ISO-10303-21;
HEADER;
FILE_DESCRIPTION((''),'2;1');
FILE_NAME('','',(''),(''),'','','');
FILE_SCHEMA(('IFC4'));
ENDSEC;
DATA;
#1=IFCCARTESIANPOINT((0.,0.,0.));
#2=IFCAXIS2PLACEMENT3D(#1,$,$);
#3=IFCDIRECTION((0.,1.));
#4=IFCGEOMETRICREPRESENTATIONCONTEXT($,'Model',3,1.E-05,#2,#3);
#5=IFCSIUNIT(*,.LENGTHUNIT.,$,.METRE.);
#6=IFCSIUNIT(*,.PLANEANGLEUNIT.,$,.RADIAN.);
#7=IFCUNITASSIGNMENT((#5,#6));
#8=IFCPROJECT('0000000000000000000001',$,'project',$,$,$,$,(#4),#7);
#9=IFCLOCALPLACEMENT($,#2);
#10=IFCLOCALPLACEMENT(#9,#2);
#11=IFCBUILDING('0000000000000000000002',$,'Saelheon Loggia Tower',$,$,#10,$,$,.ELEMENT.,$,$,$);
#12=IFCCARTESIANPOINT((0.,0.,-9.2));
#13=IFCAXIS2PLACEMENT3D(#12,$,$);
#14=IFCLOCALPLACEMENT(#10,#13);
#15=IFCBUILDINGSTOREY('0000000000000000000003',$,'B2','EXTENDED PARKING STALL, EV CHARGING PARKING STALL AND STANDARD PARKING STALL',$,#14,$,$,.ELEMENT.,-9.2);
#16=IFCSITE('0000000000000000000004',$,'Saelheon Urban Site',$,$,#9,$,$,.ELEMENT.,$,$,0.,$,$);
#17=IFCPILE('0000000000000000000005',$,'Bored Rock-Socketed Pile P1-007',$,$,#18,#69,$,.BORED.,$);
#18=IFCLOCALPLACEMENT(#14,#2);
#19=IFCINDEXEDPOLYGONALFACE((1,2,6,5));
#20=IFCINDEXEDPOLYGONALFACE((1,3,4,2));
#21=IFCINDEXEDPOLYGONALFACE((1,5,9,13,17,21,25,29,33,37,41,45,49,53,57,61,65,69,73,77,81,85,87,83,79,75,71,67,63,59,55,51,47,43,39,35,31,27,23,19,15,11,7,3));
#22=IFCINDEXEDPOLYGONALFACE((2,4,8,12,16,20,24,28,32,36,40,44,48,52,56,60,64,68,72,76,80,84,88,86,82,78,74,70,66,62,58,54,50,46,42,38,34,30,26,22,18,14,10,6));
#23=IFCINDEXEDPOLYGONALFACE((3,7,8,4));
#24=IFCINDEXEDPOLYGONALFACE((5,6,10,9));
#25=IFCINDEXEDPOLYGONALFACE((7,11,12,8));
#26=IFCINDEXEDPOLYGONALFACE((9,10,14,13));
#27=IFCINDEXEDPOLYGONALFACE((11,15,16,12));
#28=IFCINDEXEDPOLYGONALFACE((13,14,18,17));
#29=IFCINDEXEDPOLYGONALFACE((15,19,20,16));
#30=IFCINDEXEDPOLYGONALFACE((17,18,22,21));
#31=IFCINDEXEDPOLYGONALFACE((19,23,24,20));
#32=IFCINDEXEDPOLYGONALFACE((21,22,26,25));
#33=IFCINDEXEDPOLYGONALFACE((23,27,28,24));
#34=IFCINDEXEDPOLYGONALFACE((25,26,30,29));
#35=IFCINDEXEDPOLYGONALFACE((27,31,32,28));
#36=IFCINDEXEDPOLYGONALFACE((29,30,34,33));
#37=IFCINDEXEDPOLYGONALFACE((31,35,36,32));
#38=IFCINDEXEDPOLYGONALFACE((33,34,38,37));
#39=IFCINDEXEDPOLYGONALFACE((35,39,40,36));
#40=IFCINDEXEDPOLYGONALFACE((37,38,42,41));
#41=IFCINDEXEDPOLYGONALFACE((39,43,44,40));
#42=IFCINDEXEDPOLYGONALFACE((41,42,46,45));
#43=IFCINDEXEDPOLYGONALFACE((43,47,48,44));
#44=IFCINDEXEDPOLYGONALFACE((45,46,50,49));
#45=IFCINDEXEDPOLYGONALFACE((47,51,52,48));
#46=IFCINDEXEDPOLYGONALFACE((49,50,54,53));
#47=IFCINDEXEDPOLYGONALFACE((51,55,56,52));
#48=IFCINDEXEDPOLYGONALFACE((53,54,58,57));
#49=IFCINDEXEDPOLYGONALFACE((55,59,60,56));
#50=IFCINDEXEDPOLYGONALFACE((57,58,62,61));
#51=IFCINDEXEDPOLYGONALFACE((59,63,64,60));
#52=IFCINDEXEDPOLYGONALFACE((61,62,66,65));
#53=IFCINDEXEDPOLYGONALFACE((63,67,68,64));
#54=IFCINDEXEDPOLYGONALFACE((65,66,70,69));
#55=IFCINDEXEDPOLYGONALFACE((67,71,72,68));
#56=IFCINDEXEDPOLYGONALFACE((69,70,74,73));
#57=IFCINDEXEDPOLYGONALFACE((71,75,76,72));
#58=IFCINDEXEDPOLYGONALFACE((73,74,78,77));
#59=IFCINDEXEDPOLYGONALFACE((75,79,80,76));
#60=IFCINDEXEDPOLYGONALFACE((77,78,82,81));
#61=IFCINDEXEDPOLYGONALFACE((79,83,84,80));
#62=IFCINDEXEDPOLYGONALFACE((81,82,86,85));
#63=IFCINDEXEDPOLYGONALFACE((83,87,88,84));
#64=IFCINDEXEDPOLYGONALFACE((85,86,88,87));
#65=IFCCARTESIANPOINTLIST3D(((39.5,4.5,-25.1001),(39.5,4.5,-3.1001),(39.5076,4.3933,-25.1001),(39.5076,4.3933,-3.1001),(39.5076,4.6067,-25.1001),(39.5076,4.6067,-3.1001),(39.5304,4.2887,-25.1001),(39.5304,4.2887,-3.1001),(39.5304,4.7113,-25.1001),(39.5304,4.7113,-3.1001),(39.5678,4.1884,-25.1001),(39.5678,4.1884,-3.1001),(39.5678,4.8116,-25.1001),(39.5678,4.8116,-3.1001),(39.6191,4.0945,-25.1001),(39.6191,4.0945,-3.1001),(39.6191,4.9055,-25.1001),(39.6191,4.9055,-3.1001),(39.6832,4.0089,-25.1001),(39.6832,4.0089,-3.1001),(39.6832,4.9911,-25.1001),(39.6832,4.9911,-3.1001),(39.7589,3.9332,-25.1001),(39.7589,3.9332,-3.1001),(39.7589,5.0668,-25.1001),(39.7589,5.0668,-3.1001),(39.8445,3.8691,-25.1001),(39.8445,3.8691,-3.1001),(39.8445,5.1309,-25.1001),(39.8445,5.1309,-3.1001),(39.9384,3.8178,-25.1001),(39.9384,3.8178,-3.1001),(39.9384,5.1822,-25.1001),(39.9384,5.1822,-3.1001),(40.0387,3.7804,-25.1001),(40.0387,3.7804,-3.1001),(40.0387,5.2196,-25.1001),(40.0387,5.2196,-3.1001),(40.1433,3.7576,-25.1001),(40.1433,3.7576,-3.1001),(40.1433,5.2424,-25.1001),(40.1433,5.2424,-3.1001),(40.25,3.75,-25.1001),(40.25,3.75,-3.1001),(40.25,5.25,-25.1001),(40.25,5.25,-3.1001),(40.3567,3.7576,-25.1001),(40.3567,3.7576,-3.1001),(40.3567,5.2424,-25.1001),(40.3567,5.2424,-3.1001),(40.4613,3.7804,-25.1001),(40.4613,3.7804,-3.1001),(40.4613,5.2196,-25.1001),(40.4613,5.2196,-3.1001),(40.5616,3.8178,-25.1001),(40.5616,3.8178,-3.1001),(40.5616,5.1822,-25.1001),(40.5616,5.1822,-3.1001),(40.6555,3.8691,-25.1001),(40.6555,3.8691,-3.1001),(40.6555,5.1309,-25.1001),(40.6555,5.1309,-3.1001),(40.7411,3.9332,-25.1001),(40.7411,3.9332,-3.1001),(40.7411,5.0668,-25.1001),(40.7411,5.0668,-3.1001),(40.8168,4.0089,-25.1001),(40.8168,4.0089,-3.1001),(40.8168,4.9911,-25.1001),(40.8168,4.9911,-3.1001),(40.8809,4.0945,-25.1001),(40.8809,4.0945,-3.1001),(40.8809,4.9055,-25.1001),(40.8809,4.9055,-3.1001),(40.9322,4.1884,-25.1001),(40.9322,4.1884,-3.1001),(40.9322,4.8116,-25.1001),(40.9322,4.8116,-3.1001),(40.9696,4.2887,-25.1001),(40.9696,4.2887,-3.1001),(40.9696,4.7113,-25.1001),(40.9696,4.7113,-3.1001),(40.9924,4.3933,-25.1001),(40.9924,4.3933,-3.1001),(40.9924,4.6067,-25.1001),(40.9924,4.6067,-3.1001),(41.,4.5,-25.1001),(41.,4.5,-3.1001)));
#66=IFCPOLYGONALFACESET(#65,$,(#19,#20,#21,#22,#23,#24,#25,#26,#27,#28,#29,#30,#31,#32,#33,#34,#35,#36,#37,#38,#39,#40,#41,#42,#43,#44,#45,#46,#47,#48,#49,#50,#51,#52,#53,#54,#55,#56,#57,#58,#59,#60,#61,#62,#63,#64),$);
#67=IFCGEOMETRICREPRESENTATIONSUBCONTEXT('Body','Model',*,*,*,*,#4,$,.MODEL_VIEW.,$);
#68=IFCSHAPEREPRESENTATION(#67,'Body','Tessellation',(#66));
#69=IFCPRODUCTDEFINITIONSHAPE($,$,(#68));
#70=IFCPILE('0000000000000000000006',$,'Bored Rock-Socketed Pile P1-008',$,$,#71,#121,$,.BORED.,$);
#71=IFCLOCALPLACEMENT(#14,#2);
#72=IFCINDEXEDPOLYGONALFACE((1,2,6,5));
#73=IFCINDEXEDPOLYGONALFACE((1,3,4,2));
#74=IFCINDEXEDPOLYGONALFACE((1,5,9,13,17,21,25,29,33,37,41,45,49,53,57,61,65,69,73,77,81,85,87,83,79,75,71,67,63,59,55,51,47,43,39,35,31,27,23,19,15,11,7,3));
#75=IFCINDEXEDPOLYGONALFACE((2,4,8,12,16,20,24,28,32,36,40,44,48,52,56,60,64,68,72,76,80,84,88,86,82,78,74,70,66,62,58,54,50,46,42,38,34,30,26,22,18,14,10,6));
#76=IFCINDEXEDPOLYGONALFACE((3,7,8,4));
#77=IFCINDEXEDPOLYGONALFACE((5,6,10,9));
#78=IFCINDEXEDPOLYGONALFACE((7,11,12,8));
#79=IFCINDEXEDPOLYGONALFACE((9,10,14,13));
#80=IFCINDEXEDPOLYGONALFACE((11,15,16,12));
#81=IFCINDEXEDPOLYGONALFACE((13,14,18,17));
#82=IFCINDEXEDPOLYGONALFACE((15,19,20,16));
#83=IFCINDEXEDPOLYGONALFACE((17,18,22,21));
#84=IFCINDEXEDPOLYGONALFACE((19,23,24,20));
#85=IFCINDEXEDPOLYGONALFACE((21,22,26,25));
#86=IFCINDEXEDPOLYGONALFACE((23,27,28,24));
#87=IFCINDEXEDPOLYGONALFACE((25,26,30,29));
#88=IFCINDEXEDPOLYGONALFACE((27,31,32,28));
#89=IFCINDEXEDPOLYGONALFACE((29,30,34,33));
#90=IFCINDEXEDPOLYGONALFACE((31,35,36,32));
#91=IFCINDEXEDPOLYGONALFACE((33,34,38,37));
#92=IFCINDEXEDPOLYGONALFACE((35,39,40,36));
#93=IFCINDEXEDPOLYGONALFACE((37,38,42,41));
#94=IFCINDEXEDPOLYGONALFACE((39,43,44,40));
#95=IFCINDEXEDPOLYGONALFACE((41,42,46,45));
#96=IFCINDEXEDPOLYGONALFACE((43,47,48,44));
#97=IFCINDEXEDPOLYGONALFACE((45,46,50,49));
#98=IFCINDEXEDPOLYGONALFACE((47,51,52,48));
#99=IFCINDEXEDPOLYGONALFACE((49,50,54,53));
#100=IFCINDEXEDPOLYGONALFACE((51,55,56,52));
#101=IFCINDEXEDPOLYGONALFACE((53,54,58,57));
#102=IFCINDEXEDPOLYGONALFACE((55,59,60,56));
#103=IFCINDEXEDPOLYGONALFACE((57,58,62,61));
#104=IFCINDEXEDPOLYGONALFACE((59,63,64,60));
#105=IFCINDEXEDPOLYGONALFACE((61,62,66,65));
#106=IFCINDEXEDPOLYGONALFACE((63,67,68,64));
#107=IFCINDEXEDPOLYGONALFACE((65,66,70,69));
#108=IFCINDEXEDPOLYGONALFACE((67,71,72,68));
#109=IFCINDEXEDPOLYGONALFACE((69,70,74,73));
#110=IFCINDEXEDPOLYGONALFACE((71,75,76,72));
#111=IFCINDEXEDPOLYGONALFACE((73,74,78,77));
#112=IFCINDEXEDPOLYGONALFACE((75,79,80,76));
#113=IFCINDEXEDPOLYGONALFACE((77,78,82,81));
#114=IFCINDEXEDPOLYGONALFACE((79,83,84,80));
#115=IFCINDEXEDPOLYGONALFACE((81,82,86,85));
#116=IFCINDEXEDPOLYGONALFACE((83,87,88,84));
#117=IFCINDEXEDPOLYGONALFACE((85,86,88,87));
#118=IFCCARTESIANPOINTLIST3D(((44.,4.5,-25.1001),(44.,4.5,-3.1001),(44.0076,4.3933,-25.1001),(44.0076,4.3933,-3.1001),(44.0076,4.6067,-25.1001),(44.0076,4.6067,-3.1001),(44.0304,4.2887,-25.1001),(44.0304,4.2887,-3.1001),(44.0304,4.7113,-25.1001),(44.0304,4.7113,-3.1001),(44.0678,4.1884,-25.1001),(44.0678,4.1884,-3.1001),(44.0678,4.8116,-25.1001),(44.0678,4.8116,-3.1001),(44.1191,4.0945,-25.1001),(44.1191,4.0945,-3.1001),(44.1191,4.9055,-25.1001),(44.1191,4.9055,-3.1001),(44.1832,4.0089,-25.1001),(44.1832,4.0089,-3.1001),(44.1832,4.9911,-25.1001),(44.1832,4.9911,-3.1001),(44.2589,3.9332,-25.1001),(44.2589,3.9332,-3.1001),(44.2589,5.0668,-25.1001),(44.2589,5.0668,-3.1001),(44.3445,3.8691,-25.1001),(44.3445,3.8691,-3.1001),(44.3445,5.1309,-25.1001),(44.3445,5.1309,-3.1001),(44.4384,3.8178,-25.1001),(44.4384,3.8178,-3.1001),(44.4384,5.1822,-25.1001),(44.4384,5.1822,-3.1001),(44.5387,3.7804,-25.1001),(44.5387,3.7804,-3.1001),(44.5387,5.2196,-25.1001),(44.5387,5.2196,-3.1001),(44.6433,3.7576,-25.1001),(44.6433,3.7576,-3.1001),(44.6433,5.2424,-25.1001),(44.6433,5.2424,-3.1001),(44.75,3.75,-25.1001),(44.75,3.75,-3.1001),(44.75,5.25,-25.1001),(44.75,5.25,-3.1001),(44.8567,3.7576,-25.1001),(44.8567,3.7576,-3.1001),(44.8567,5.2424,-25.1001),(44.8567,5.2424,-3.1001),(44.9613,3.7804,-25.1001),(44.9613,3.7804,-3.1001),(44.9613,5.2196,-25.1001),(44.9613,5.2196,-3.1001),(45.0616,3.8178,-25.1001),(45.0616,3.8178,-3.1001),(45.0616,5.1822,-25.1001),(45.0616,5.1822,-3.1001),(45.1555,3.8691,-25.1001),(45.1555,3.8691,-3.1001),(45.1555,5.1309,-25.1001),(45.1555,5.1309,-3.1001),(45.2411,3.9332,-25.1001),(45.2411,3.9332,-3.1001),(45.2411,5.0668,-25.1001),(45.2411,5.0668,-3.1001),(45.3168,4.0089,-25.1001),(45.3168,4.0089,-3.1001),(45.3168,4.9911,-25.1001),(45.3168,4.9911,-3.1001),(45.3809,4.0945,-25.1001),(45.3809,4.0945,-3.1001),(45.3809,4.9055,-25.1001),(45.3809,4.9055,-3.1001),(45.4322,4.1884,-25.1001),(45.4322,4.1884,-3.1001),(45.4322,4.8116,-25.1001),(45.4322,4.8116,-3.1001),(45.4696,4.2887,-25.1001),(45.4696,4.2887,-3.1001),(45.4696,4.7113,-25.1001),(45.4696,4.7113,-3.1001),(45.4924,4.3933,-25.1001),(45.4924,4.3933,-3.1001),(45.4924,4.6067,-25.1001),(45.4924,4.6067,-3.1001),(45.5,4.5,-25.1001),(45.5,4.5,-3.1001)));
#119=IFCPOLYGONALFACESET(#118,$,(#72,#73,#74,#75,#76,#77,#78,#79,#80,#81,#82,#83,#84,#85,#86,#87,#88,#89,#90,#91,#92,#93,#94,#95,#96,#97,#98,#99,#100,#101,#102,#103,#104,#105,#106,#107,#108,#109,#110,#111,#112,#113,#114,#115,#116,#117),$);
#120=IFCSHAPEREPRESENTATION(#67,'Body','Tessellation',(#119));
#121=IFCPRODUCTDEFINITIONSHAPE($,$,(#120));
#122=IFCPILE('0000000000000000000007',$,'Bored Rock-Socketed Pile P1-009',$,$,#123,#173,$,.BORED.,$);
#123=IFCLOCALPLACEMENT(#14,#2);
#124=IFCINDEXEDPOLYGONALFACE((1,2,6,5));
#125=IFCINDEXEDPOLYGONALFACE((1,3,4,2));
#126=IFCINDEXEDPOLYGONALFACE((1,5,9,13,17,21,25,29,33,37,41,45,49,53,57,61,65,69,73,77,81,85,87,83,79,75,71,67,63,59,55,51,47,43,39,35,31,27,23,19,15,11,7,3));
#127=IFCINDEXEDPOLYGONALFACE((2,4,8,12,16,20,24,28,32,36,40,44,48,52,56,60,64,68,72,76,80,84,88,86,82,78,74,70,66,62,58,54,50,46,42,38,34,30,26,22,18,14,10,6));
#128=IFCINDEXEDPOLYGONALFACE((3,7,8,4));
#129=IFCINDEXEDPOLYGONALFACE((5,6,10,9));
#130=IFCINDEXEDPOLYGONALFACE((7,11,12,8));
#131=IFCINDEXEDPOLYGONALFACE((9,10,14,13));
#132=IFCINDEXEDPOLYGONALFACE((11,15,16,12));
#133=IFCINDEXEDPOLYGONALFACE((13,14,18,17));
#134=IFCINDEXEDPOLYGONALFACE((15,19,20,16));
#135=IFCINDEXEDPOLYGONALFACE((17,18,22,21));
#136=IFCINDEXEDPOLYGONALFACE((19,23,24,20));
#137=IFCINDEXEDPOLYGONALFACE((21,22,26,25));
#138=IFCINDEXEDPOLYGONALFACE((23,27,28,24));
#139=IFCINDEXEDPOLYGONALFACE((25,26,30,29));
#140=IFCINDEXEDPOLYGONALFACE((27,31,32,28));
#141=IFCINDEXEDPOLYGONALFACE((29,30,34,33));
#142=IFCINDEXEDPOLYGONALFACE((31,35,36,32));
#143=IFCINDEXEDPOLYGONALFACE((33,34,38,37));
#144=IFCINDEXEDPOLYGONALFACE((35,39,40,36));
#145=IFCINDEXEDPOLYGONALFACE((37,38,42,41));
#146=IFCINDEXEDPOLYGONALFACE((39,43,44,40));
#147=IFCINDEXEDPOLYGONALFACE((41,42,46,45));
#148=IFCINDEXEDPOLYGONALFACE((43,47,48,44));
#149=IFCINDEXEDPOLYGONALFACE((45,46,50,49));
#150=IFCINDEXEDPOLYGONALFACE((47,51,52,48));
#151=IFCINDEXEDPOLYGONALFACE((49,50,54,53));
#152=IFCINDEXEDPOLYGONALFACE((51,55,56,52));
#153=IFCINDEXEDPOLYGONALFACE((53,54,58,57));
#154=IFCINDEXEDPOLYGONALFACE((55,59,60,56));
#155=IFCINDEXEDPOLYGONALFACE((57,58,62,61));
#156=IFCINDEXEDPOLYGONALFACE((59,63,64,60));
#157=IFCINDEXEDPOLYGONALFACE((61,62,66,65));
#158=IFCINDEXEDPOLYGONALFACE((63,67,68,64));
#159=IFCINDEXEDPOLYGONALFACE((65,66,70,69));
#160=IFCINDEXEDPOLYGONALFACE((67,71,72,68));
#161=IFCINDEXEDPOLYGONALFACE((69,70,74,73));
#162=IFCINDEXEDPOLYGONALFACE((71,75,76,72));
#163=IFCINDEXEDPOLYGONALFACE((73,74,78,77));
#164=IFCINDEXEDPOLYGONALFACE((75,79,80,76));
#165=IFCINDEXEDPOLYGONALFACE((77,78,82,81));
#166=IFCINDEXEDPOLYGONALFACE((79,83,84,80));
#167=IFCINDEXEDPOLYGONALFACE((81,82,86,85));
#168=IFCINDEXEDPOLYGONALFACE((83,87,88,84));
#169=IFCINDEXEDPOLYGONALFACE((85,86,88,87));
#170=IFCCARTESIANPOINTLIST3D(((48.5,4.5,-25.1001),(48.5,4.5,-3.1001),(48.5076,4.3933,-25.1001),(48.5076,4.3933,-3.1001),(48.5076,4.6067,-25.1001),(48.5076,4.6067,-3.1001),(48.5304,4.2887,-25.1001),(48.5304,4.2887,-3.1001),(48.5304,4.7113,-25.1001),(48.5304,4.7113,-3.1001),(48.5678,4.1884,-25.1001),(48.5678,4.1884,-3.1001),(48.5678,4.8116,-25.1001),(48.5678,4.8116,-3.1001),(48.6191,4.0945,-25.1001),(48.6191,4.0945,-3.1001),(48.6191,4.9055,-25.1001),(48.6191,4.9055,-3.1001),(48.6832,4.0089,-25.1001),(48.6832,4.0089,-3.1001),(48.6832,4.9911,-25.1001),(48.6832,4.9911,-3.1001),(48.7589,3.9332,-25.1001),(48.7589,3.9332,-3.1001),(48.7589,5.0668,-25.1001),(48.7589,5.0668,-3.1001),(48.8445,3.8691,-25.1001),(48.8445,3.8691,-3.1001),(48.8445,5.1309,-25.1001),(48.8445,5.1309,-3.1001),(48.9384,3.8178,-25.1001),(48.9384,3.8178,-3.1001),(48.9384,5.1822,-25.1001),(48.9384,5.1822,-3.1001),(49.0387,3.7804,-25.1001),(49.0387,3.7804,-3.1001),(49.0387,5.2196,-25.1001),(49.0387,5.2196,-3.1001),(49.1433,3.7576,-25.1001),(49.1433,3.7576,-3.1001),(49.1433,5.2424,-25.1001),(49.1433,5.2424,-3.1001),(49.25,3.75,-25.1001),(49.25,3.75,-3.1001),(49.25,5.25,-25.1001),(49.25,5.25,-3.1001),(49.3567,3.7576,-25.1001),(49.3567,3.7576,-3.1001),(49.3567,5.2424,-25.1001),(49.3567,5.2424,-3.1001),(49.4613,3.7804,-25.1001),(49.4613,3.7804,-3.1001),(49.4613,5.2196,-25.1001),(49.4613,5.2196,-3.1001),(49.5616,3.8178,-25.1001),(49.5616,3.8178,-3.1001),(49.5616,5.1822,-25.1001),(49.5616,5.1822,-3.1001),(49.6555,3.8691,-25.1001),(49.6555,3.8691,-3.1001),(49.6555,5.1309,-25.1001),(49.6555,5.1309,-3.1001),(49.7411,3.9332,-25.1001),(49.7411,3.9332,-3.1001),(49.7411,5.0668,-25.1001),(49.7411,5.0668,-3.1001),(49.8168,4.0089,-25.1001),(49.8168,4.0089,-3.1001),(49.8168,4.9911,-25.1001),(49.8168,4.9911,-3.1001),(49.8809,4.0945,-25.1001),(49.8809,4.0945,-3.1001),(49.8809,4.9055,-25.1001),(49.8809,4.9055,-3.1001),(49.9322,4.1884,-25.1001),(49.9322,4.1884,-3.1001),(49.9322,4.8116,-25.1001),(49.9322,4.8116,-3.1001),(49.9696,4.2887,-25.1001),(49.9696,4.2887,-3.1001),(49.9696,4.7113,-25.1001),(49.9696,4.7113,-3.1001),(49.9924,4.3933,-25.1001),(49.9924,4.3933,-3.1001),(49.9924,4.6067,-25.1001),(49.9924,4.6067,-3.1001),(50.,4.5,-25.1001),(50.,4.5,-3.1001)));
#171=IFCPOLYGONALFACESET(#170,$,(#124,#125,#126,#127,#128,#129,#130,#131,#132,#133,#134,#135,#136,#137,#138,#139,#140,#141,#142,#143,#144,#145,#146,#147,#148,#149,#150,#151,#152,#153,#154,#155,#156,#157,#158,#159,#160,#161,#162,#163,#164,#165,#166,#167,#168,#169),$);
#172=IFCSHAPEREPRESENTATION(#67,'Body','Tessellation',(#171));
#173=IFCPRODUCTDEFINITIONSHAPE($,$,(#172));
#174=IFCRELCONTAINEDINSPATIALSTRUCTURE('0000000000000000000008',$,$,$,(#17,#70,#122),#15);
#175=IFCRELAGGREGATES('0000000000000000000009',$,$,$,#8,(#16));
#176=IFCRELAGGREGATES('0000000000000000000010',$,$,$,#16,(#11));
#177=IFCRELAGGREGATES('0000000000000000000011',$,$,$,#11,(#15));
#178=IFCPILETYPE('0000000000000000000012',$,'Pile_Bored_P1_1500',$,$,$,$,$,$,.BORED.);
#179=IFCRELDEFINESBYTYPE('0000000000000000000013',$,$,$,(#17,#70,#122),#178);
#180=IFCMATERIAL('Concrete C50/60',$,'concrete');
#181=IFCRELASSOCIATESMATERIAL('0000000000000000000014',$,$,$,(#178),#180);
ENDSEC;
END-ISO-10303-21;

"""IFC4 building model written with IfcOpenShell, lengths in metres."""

from ifc_helpers import new_model, si_unit, direction, frame, origin, origin_2d, place, context, subcontext, project, spatial, circle, extrude, source, transform, mapped, material, material_profile, profile_set, type_object, element, save


model = new_model("IFC4")

# Units and contexts
model_context = context("Model", 3, precision=1e-05, world=origin(), true_north=direction((0.0, 1.0)))
body_context = subcontext(model_context, "Body", "Model", "MODEL_VIEW")
ifc_project = project(units=[si_unit("LENGTHUNIT", "METRE"), si_unit("PLANEANGLEUNIT", "RADIAN")], contexts=[model_context])

# Site, building, storey
site_placement = place(None, origin())
site = spatial("IfcSite", under=ifc_project, at=site_placement, Name="Saelheon Urban Site", CompositionType="ELEMENT", RefElevation=0.0)
building_placement = place(site_placement, origin())
building = spatial("IfcBuilding", under=site, at=building_placement, Name="Saelheon Loggia Tower", CompositionType="ELEMENT")
storey_placement = place(building_placement, frame((0.0, 0.0, -9.2)))
storey = spatial("IfcBuildingStorey", under=building, at=storey_placement, Name="B2", Description="EXTENDED PARKING STALL, EV CHARGING PARKING STALL AND STANDARD PARKING STALL", CompositionType="ELEMENT", Elevation=-9.2)

# Piles
ifc_material_1 = material(Name="Concrete C50/60", Category="concrete")
ifc_material_profile_1 = material_profile(ifc_material_1, circle(Radius=0.75, at=origin_2d()), Name="CIRC-1500")
ifc_profile_set_1 = profile_set([ifc_material_profile_1], Name="Concrete C50/60")
pile_type = type_object("IfcPileType", Name="Pile_Bored_P1_1500", PredefinedType="BORED", material=ifc_profile_set_1)
shared_shape_1 = source(origin(), body_context, "Body", "SweptSolid", [
    extrude(circle(Radius=0.75, at=origin_2d()), origin(), (0.0, 0.0, 1.0), 22.0),
])
for number, where, z_axis, x_axis, name in (
    (1, (40.25, 4.5, -3.1001), (0.0, 0.0, -1.0), (1.0, 0.0, 0.0), "Bored Rock-Socketed Pile P1-007"),
    (2, (44.75, 4.5, -3.1001), (0.0, 0.0, -1.0), (1.0, 0.0, 0.0), "Bored Rock-Socketed Pile P1-008"),
    (3, (49.25, 4.5, -3.1001), (0.0, 0.0, -1.0), (1.0, 0.0, 0.0), "Bored Rock-Socketed Pile P1-009"),
):
    element("IfcPile", number, at=place(storey_placement, frame(where, z_axis=z_axis, x_axis=x_axis)), inside=storey, type_object=pile_type, Name=name, PredefinedType="BORED", context=body_context, shape_type="MappedRepresentation", body=[
        mapped(shared_shape_1, transform((0.0, 0.0, 0.0), scale=1.0)),
    ])

save(model, "model.ifc")
